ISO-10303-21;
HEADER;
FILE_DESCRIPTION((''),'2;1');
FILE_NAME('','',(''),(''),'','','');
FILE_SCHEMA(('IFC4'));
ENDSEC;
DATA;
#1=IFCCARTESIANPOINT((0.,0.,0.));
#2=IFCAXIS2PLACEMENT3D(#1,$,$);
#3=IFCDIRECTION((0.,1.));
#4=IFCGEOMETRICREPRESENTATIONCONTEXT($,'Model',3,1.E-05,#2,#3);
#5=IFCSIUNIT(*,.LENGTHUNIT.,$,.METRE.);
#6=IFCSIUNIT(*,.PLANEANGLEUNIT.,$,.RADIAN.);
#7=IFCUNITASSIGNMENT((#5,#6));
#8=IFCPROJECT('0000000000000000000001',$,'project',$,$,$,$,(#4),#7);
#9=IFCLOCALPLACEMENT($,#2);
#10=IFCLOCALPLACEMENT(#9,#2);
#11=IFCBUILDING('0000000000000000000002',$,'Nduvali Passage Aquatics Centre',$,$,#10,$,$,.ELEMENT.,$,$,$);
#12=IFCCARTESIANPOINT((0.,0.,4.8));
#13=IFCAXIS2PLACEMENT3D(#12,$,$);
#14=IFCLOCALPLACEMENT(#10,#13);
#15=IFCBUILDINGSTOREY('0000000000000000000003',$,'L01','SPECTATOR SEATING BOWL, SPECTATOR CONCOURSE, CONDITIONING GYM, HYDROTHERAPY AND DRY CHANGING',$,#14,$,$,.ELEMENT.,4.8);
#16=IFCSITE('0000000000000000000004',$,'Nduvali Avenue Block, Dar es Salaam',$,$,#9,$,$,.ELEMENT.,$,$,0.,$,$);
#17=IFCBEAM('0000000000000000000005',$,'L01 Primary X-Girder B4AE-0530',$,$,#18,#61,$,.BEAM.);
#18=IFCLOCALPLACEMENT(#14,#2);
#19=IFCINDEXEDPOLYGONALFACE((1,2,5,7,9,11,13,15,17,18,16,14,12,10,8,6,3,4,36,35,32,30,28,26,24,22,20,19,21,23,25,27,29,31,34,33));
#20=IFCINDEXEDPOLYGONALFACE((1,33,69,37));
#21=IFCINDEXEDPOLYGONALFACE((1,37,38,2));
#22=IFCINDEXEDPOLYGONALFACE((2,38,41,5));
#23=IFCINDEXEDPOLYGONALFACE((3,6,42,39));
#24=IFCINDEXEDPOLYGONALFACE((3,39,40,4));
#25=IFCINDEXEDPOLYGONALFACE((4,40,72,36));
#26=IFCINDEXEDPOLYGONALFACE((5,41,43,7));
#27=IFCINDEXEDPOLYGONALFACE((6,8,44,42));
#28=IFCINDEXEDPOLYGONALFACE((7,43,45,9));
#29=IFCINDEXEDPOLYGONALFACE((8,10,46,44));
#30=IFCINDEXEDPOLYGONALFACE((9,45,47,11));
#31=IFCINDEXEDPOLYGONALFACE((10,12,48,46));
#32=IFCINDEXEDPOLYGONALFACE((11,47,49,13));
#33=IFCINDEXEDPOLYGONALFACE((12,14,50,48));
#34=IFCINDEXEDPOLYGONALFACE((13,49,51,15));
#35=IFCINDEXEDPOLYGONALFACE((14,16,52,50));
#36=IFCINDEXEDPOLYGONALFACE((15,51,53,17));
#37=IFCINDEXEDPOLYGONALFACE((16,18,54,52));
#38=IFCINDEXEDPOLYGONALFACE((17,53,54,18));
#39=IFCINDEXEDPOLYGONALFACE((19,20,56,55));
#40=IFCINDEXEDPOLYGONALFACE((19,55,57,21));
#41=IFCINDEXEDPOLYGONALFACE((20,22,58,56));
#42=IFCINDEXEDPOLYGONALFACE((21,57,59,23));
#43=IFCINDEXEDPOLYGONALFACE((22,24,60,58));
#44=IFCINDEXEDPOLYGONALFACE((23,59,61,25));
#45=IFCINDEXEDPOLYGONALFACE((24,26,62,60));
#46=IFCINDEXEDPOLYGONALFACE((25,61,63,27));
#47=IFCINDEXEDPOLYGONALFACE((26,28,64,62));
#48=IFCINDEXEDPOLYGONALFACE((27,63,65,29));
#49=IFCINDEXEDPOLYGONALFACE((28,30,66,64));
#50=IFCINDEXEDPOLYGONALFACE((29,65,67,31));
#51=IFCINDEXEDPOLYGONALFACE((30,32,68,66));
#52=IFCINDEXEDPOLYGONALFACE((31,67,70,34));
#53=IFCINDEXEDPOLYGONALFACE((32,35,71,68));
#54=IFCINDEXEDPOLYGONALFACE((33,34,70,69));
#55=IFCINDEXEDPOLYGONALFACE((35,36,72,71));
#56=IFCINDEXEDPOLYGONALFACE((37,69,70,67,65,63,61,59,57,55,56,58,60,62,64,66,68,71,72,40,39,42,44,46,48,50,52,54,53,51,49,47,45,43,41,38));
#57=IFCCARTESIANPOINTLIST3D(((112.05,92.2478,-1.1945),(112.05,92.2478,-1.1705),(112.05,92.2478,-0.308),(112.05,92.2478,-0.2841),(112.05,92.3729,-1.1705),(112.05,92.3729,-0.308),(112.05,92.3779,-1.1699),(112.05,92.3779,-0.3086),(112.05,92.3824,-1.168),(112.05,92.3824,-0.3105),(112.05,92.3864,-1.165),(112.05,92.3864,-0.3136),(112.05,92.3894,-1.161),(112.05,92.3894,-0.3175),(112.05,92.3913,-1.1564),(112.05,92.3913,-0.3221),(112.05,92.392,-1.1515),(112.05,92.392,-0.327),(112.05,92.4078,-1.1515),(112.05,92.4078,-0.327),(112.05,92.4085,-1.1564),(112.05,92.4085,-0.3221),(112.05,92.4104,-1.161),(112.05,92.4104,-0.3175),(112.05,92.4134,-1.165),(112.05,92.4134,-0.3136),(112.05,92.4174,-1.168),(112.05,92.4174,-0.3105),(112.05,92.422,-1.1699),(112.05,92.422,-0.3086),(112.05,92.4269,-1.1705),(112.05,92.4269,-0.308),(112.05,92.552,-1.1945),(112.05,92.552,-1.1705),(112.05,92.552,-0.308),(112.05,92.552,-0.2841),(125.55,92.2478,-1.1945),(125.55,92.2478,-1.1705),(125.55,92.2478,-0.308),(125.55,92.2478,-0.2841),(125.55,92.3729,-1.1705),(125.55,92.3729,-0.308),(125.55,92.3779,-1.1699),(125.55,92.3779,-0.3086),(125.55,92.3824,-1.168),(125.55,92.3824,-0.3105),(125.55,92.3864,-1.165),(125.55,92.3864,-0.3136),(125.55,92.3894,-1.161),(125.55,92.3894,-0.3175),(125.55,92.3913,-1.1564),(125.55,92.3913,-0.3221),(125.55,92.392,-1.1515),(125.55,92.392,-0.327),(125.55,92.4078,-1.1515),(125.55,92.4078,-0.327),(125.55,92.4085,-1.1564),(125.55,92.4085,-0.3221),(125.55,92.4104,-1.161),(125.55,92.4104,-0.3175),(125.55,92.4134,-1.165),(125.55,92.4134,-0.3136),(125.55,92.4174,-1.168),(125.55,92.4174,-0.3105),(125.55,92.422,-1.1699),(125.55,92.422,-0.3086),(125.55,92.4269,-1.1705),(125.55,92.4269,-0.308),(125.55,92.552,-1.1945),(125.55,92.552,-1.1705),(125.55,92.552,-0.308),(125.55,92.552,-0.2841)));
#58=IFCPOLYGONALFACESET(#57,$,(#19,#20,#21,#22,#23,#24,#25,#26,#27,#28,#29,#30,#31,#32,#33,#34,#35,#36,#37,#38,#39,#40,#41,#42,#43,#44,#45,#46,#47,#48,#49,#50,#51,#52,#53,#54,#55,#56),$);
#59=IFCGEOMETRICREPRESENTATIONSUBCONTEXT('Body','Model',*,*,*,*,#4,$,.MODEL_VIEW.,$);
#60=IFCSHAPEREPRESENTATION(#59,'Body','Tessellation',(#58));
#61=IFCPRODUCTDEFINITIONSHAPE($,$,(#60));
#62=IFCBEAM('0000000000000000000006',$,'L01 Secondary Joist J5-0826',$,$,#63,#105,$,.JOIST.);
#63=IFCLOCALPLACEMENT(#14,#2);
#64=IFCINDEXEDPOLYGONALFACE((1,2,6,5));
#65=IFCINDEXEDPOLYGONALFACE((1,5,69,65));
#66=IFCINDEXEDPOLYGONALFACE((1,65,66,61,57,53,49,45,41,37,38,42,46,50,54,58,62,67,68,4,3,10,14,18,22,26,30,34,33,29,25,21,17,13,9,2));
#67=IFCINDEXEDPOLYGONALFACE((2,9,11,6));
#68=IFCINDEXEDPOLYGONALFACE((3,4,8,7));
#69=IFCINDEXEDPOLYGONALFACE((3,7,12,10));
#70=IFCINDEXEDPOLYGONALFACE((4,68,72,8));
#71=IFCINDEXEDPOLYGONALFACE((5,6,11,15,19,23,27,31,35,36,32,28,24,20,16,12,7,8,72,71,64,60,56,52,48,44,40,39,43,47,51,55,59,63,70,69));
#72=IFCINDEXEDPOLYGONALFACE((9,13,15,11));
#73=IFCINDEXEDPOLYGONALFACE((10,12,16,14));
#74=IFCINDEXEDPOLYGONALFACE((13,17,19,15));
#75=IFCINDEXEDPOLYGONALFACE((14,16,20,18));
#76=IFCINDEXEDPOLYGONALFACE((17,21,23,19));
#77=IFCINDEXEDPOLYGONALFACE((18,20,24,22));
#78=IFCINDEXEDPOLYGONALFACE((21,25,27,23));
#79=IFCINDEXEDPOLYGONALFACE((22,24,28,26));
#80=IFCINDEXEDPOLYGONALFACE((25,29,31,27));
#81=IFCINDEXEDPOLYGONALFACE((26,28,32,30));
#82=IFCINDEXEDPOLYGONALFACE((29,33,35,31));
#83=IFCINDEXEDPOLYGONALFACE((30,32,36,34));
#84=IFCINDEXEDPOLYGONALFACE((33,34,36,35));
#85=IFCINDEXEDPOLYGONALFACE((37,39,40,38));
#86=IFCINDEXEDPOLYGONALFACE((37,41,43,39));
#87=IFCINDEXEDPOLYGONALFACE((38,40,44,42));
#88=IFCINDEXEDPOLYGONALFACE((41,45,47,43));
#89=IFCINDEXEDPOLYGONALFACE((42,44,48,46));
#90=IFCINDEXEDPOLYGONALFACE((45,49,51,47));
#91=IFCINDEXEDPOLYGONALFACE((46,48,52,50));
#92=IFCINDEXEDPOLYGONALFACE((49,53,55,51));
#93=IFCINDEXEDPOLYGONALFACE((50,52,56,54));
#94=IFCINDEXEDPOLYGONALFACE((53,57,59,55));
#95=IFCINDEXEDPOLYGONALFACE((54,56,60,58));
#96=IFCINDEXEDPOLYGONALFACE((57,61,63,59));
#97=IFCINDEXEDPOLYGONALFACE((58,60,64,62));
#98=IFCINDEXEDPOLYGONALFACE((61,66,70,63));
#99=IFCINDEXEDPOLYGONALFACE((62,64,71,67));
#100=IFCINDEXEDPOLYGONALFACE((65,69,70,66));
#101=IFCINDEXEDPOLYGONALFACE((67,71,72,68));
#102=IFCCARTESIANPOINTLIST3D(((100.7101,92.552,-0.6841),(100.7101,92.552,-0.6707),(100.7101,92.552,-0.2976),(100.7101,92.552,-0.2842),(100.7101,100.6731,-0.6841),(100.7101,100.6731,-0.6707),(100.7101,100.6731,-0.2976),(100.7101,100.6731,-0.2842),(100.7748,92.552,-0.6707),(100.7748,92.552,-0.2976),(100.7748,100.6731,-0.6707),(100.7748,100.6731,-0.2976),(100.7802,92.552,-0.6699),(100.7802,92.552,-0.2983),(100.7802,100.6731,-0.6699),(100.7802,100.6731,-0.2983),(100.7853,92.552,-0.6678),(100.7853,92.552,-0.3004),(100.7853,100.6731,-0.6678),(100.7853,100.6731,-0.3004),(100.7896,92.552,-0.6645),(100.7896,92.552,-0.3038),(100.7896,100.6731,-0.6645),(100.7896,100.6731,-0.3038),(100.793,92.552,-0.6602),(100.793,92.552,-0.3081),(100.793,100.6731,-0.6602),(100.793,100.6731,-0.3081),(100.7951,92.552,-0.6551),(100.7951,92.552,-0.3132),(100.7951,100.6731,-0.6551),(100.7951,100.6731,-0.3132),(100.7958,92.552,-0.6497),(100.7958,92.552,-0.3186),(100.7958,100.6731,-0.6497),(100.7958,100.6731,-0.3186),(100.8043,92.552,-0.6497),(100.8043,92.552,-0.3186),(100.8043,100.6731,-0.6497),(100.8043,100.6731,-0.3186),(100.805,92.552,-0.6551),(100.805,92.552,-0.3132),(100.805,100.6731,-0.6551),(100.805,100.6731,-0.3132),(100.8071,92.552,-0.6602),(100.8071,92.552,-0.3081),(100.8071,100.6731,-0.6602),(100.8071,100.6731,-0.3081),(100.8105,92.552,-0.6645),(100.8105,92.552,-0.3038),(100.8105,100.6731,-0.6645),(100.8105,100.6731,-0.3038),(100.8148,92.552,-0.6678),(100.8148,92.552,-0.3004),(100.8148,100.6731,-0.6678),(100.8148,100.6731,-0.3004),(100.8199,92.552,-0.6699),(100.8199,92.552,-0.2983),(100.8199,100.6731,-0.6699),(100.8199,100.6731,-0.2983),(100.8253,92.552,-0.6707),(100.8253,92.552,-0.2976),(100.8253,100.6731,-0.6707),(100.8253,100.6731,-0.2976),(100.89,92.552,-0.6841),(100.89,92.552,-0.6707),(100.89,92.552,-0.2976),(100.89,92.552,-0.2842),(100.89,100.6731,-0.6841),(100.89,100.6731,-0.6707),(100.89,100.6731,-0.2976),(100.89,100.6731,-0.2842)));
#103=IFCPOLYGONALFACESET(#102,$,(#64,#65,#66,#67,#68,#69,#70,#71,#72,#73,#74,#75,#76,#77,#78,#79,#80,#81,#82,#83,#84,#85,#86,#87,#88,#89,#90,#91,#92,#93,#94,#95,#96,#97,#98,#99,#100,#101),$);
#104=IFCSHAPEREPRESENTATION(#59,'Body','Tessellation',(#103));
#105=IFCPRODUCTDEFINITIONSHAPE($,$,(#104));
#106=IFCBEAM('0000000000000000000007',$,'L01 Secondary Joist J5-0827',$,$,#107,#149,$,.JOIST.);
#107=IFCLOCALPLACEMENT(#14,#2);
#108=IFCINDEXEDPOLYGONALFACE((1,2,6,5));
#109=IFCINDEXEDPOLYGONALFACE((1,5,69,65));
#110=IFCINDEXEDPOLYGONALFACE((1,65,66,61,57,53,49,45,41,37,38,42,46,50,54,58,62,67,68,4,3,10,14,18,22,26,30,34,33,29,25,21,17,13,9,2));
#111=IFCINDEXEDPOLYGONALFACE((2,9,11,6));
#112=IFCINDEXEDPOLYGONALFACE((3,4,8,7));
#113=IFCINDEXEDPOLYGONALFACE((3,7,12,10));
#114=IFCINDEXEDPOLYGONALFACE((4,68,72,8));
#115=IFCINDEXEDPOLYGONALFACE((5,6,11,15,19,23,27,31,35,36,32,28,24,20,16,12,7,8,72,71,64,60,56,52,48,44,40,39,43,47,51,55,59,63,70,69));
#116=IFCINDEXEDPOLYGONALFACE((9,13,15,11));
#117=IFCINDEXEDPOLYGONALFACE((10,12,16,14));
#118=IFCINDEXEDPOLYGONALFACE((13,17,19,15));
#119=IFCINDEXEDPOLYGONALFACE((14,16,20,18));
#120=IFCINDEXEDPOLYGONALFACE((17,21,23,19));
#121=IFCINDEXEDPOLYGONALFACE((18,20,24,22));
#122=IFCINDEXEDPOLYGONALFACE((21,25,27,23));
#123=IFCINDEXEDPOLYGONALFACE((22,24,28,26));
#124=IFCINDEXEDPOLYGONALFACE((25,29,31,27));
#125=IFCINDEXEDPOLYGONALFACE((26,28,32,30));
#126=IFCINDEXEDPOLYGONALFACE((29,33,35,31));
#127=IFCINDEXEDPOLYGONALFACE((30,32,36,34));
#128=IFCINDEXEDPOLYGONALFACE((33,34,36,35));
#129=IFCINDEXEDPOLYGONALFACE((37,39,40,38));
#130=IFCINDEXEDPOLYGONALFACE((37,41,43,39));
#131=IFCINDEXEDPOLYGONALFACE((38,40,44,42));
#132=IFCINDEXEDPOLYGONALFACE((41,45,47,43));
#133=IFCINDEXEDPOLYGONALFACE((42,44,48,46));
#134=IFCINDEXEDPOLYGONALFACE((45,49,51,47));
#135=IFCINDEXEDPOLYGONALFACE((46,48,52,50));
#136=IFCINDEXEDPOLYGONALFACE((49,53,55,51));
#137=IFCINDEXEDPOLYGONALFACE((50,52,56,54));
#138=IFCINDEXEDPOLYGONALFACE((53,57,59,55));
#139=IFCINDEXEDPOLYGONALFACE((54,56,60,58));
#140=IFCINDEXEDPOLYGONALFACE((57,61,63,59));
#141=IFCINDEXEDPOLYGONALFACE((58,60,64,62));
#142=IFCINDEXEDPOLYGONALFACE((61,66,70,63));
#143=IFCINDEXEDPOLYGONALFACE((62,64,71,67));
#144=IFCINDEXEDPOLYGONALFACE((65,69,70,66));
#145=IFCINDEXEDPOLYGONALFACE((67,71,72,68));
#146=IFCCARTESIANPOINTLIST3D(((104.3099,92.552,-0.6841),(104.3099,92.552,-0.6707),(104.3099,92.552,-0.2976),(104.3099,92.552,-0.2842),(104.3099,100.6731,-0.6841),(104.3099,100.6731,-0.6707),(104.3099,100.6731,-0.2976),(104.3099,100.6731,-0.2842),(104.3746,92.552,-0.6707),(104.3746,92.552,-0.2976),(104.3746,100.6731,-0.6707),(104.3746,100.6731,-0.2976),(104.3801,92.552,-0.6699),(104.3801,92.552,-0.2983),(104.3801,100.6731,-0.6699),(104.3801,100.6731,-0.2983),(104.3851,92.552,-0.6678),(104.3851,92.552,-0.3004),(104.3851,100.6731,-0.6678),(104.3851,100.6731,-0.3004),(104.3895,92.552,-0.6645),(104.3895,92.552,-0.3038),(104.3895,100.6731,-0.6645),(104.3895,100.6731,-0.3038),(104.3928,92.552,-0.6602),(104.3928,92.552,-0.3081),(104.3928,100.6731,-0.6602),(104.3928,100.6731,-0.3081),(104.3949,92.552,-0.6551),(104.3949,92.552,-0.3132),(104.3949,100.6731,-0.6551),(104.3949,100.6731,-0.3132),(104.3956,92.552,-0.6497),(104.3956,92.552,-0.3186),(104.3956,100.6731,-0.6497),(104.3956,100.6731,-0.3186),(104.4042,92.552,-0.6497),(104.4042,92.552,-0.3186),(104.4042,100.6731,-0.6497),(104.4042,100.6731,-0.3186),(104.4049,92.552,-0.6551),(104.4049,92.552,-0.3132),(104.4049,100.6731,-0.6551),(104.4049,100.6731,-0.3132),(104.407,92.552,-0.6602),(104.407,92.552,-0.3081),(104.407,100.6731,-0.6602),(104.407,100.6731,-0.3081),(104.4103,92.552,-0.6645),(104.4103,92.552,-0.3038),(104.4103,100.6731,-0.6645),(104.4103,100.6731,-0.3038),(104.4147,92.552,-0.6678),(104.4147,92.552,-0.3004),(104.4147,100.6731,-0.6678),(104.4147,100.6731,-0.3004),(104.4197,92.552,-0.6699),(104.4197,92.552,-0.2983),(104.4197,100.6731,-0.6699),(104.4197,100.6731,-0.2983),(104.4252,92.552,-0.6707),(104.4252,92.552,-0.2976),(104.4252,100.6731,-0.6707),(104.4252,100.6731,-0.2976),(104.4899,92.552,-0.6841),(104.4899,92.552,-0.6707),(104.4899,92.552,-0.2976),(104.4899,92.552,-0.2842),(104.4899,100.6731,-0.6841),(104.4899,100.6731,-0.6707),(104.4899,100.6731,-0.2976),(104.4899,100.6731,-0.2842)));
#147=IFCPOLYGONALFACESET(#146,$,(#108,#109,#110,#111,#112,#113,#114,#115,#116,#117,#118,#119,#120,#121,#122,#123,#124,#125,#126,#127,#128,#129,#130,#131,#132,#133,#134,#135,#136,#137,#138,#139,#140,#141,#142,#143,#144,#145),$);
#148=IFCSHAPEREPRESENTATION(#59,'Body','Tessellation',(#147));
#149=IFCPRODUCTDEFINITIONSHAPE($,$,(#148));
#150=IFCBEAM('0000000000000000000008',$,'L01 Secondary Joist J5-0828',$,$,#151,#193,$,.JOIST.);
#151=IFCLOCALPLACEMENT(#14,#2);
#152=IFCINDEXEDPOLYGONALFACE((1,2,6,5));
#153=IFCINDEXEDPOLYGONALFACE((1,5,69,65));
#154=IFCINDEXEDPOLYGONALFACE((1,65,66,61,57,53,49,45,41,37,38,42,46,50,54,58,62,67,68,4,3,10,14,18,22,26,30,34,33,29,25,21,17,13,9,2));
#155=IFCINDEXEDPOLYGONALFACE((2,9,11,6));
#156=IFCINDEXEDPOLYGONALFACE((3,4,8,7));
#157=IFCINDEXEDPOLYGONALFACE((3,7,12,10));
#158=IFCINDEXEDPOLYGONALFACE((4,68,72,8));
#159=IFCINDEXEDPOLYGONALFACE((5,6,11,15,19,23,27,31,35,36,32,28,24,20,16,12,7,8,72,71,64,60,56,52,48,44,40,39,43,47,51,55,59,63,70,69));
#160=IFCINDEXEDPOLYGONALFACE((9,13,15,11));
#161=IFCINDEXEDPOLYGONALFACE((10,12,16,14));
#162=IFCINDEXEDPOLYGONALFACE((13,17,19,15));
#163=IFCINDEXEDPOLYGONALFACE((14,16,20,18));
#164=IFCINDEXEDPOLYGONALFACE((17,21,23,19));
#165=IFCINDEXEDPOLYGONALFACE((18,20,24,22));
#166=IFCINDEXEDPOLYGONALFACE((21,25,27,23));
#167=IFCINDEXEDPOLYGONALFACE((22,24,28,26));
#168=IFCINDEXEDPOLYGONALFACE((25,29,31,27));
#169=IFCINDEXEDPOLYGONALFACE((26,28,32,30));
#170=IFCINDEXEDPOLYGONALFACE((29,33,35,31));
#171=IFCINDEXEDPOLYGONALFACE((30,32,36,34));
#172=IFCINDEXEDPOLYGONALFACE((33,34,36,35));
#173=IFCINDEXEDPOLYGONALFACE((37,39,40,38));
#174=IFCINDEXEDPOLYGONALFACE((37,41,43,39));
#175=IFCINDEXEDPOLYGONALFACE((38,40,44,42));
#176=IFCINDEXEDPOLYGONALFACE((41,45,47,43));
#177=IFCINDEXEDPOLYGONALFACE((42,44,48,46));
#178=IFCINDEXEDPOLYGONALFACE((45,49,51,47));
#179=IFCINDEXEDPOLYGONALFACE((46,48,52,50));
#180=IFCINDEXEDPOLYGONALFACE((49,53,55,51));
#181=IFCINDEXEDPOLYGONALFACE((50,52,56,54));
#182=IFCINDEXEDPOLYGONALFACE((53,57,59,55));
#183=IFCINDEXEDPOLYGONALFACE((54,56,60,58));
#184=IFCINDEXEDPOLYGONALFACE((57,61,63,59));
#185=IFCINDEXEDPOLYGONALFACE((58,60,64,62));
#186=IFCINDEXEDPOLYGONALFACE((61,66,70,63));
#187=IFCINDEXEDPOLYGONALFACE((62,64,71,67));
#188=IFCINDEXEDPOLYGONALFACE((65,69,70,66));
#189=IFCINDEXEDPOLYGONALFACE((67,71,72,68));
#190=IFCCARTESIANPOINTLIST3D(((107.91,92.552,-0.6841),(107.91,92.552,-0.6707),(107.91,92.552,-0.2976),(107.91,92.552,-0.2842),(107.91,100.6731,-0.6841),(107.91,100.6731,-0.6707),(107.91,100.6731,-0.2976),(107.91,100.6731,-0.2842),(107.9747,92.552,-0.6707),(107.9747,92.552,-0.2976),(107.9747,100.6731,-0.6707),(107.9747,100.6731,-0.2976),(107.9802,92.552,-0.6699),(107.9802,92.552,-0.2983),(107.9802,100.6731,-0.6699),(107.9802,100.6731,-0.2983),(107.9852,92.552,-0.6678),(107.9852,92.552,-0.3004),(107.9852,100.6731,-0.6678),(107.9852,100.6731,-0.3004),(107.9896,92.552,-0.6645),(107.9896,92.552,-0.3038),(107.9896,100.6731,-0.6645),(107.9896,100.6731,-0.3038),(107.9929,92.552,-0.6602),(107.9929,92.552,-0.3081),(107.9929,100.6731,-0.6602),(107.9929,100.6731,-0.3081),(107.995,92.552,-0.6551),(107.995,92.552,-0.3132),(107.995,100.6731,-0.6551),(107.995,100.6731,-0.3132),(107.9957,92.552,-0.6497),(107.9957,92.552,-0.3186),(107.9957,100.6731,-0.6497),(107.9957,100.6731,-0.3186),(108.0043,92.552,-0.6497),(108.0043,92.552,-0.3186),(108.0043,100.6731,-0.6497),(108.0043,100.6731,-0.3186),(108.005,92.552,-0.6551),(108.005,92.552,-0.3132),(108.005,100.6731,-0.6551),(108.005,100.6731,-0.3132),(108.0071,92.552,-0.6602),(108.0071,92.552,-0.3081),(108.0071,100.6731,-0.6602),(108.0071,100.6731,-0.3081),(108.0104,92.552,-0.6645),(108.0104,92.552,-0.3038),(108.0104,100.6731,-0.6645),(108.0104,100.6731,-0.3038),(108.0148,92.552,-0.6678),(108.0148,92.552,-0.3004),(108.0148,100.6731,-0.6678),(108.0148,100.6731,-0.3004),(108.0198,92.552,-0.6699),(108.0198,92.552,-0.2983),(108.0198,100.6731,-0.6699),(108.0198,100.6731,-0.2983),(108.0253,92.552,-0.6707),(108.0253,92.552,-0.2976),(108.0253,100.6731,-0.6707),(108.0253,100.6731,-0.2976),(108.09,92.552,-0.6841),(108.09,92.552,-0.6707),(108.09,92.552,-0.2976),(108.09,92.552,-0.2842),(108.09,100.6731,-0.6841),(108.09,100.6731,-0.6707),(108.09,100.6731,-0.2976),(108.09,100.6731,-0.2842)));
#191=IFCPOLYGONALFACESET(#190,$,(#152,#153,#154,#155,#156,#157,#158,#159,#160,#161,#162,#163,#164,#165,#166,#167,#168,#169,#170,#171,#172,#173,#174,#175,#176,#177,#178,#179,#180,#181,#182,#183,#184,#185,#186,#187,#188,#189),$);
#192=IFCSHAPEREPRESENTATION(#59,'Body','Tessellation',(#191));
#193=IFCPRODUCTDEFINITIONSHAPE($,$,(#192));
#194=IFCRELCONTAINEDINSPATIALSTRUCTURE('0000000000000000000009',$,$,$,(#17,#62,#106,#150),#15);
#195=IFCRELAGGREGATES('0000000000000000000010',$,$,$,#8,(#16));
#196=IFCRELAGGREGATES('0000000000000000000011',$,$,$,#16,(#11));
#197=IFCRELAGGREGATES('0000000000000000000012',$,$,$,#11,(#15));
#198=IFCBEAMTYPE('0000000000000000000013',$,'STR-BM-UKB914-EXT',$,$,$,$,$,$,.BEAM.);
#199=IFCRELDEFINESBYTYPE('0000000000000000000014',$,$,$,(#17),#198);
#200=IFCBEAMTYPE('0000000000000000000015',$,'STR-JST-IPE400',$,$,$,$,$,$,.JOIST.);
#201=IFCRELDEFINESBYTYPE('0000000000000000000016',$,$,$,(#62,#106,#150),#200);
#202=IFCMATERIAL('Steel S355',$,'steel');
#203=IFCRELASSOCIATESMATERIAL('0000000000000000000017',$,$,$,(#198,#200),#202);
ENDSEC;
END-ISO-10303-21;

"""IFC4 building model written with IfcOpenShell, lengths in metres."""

from ifc_helpers import new_model, si_unit, direction, frame, origin, origin_2d, place, context, subcontext, project, spatial, i_section, extrude, material, material_profile, profile_set, type_object, element, save


model = new_model("IFC4")

# Units and contexts
model_context = context("Model", 3, precision=1e-05, world=origin(), true_north=direction((0.0, 1.0)))
body_context = subcontext(model_context, "Body", "Model", "MODEL_VIEW")
ifc_project = project(units=[si_unit("LENGTHUNIT", "METRE"), si_unit("PLANEANGLEUNIT", "RADIAN")], contexts=[model_context])

# Site, building, storey
site_placement = place(None, origin())
site = spatial("IfcSite", under=ifc_project, at=site_placement, Name="Nduvali Avenue Block, Dar es Salaam", CompositionType="ELEMENT", RefElevation=0.0)
building_placement = place(site_placement, origin())
building = spatial("IfcBuilding", under=site, at=building_placement, Name="Nduvali Passage Aquatics Centre", CompositionType="ELEMENT")
storey_placement = place(building_placement, frame((0.0, 0.0, 4.8)))
storey = spatial("IfcBuildingStorey", under=building, at=storey_placement, Name="L01", Description="SPECTATOR SEATING BOWL, SPECTATOR CONCOURSE, CONDITIONING GYM, HYDROTHERAPY AND DRY CHANGING", CompositionType="ELEMENT", Elevation=4.8)

# Beams
ifc_material_1 = material(Name="Steel S355", Category="steel")
ifc_material_profile_1 = material_profile(ifc_material_1, i_section(OverallWidth=0.3042, OverallDepth=0.9104, WebThickness=0.0159, FlangeThickness=0.0239, FilletRadius=0.019, at=origin_2d()), Name="UKB 914x305x224")
ifc_profile_set_1 = profile_set([ifc_material_profile_1], Name="Steel S355")
beam_type_1 = type_object("IfcBeamType", Name="STR-BM-UKB914-EXT", PredefinedType="BEAM", material=ifc_profile_set_1)
beam_placement = place(storey_placement, frame((112.05, 92.3999, -0.7393), z_axis=(1.0, 0.0, 0.0), x_axis=(0.0, 1.0, 0.0)))
element("IfcBeam", 1, at=beam_placement, inside=storey, type_object=beam_type_1, Name="L01 Primary X-Girder B4AE-0530", PredefinedType="BEAM", context=body_context, shape_type="SweptSolid", body=[
    extrude(i_section(OverallWidth=0.3042, OverallDepth=0.9104, WebThickness=0.0159, FlangeThickness=0.0239, FilletRadius=0.019, at=origin_2d()), origin(), (0.0, 0.0, 1.0), 13.5),
])
ifc_material_profile_2 = material_profile(ifc_material_1, i_section(OverallWidth=0.1799, OverallDepth=0.3999, WebThickness=0.0085, FlangeThickness=0.0134, FilletRadius=0.021, at=origin_2d()), Name="IPE 400")
ifc_profile_set_2 = profile_set([ifc_material_profile_2], Name="Steel S355")
beam_type_2 = type_object("IfcBeamType", Name="STR-JST-IPE400", PredefinedType="JOIST", material=ifc_profile_set_2)
for number, where, z_axis, x_axis, name in (
    (2, (100.8, 92.552, -0.4841), (0.0, 1.0, 0.0), (-1.0, 0.0, 0.0), "L01 Secondary Joist J5-0826"),
    (3, (104.3999, 92.552, -0.4841), (0.0, 1.0, 0.0), (-1.0, 0.0, 0.0), "L01 Secondary Joist J5-0827"),
    (4, (108.0, 92.552, -0.4841), (0.0, 1.0, 0.0), (-1.0, 0.0, 0.0), "L01 Secondary Joist J5-0828"),
):
    element("IfcBeam", number, at=place(storey_placement, frame(where, z_axis=z_axis, x_axis=x_axis)), inside=storey, type_object=beam_type_2, Name=name, PredefinedType="JOIST", context=body_context, shape_type="SweptSolid", body=[
        extrude(i_section(OverallWidth=0.1799, OverallDepth=0.3999, WebThickness=0.0085, FlangeThickness=0.0134, FilletRadius=0.021, at=origin_2d()), origin(), (0.0, 0.0, 1.0), 8.1211),
    ])

save(model, "model.ifc")
